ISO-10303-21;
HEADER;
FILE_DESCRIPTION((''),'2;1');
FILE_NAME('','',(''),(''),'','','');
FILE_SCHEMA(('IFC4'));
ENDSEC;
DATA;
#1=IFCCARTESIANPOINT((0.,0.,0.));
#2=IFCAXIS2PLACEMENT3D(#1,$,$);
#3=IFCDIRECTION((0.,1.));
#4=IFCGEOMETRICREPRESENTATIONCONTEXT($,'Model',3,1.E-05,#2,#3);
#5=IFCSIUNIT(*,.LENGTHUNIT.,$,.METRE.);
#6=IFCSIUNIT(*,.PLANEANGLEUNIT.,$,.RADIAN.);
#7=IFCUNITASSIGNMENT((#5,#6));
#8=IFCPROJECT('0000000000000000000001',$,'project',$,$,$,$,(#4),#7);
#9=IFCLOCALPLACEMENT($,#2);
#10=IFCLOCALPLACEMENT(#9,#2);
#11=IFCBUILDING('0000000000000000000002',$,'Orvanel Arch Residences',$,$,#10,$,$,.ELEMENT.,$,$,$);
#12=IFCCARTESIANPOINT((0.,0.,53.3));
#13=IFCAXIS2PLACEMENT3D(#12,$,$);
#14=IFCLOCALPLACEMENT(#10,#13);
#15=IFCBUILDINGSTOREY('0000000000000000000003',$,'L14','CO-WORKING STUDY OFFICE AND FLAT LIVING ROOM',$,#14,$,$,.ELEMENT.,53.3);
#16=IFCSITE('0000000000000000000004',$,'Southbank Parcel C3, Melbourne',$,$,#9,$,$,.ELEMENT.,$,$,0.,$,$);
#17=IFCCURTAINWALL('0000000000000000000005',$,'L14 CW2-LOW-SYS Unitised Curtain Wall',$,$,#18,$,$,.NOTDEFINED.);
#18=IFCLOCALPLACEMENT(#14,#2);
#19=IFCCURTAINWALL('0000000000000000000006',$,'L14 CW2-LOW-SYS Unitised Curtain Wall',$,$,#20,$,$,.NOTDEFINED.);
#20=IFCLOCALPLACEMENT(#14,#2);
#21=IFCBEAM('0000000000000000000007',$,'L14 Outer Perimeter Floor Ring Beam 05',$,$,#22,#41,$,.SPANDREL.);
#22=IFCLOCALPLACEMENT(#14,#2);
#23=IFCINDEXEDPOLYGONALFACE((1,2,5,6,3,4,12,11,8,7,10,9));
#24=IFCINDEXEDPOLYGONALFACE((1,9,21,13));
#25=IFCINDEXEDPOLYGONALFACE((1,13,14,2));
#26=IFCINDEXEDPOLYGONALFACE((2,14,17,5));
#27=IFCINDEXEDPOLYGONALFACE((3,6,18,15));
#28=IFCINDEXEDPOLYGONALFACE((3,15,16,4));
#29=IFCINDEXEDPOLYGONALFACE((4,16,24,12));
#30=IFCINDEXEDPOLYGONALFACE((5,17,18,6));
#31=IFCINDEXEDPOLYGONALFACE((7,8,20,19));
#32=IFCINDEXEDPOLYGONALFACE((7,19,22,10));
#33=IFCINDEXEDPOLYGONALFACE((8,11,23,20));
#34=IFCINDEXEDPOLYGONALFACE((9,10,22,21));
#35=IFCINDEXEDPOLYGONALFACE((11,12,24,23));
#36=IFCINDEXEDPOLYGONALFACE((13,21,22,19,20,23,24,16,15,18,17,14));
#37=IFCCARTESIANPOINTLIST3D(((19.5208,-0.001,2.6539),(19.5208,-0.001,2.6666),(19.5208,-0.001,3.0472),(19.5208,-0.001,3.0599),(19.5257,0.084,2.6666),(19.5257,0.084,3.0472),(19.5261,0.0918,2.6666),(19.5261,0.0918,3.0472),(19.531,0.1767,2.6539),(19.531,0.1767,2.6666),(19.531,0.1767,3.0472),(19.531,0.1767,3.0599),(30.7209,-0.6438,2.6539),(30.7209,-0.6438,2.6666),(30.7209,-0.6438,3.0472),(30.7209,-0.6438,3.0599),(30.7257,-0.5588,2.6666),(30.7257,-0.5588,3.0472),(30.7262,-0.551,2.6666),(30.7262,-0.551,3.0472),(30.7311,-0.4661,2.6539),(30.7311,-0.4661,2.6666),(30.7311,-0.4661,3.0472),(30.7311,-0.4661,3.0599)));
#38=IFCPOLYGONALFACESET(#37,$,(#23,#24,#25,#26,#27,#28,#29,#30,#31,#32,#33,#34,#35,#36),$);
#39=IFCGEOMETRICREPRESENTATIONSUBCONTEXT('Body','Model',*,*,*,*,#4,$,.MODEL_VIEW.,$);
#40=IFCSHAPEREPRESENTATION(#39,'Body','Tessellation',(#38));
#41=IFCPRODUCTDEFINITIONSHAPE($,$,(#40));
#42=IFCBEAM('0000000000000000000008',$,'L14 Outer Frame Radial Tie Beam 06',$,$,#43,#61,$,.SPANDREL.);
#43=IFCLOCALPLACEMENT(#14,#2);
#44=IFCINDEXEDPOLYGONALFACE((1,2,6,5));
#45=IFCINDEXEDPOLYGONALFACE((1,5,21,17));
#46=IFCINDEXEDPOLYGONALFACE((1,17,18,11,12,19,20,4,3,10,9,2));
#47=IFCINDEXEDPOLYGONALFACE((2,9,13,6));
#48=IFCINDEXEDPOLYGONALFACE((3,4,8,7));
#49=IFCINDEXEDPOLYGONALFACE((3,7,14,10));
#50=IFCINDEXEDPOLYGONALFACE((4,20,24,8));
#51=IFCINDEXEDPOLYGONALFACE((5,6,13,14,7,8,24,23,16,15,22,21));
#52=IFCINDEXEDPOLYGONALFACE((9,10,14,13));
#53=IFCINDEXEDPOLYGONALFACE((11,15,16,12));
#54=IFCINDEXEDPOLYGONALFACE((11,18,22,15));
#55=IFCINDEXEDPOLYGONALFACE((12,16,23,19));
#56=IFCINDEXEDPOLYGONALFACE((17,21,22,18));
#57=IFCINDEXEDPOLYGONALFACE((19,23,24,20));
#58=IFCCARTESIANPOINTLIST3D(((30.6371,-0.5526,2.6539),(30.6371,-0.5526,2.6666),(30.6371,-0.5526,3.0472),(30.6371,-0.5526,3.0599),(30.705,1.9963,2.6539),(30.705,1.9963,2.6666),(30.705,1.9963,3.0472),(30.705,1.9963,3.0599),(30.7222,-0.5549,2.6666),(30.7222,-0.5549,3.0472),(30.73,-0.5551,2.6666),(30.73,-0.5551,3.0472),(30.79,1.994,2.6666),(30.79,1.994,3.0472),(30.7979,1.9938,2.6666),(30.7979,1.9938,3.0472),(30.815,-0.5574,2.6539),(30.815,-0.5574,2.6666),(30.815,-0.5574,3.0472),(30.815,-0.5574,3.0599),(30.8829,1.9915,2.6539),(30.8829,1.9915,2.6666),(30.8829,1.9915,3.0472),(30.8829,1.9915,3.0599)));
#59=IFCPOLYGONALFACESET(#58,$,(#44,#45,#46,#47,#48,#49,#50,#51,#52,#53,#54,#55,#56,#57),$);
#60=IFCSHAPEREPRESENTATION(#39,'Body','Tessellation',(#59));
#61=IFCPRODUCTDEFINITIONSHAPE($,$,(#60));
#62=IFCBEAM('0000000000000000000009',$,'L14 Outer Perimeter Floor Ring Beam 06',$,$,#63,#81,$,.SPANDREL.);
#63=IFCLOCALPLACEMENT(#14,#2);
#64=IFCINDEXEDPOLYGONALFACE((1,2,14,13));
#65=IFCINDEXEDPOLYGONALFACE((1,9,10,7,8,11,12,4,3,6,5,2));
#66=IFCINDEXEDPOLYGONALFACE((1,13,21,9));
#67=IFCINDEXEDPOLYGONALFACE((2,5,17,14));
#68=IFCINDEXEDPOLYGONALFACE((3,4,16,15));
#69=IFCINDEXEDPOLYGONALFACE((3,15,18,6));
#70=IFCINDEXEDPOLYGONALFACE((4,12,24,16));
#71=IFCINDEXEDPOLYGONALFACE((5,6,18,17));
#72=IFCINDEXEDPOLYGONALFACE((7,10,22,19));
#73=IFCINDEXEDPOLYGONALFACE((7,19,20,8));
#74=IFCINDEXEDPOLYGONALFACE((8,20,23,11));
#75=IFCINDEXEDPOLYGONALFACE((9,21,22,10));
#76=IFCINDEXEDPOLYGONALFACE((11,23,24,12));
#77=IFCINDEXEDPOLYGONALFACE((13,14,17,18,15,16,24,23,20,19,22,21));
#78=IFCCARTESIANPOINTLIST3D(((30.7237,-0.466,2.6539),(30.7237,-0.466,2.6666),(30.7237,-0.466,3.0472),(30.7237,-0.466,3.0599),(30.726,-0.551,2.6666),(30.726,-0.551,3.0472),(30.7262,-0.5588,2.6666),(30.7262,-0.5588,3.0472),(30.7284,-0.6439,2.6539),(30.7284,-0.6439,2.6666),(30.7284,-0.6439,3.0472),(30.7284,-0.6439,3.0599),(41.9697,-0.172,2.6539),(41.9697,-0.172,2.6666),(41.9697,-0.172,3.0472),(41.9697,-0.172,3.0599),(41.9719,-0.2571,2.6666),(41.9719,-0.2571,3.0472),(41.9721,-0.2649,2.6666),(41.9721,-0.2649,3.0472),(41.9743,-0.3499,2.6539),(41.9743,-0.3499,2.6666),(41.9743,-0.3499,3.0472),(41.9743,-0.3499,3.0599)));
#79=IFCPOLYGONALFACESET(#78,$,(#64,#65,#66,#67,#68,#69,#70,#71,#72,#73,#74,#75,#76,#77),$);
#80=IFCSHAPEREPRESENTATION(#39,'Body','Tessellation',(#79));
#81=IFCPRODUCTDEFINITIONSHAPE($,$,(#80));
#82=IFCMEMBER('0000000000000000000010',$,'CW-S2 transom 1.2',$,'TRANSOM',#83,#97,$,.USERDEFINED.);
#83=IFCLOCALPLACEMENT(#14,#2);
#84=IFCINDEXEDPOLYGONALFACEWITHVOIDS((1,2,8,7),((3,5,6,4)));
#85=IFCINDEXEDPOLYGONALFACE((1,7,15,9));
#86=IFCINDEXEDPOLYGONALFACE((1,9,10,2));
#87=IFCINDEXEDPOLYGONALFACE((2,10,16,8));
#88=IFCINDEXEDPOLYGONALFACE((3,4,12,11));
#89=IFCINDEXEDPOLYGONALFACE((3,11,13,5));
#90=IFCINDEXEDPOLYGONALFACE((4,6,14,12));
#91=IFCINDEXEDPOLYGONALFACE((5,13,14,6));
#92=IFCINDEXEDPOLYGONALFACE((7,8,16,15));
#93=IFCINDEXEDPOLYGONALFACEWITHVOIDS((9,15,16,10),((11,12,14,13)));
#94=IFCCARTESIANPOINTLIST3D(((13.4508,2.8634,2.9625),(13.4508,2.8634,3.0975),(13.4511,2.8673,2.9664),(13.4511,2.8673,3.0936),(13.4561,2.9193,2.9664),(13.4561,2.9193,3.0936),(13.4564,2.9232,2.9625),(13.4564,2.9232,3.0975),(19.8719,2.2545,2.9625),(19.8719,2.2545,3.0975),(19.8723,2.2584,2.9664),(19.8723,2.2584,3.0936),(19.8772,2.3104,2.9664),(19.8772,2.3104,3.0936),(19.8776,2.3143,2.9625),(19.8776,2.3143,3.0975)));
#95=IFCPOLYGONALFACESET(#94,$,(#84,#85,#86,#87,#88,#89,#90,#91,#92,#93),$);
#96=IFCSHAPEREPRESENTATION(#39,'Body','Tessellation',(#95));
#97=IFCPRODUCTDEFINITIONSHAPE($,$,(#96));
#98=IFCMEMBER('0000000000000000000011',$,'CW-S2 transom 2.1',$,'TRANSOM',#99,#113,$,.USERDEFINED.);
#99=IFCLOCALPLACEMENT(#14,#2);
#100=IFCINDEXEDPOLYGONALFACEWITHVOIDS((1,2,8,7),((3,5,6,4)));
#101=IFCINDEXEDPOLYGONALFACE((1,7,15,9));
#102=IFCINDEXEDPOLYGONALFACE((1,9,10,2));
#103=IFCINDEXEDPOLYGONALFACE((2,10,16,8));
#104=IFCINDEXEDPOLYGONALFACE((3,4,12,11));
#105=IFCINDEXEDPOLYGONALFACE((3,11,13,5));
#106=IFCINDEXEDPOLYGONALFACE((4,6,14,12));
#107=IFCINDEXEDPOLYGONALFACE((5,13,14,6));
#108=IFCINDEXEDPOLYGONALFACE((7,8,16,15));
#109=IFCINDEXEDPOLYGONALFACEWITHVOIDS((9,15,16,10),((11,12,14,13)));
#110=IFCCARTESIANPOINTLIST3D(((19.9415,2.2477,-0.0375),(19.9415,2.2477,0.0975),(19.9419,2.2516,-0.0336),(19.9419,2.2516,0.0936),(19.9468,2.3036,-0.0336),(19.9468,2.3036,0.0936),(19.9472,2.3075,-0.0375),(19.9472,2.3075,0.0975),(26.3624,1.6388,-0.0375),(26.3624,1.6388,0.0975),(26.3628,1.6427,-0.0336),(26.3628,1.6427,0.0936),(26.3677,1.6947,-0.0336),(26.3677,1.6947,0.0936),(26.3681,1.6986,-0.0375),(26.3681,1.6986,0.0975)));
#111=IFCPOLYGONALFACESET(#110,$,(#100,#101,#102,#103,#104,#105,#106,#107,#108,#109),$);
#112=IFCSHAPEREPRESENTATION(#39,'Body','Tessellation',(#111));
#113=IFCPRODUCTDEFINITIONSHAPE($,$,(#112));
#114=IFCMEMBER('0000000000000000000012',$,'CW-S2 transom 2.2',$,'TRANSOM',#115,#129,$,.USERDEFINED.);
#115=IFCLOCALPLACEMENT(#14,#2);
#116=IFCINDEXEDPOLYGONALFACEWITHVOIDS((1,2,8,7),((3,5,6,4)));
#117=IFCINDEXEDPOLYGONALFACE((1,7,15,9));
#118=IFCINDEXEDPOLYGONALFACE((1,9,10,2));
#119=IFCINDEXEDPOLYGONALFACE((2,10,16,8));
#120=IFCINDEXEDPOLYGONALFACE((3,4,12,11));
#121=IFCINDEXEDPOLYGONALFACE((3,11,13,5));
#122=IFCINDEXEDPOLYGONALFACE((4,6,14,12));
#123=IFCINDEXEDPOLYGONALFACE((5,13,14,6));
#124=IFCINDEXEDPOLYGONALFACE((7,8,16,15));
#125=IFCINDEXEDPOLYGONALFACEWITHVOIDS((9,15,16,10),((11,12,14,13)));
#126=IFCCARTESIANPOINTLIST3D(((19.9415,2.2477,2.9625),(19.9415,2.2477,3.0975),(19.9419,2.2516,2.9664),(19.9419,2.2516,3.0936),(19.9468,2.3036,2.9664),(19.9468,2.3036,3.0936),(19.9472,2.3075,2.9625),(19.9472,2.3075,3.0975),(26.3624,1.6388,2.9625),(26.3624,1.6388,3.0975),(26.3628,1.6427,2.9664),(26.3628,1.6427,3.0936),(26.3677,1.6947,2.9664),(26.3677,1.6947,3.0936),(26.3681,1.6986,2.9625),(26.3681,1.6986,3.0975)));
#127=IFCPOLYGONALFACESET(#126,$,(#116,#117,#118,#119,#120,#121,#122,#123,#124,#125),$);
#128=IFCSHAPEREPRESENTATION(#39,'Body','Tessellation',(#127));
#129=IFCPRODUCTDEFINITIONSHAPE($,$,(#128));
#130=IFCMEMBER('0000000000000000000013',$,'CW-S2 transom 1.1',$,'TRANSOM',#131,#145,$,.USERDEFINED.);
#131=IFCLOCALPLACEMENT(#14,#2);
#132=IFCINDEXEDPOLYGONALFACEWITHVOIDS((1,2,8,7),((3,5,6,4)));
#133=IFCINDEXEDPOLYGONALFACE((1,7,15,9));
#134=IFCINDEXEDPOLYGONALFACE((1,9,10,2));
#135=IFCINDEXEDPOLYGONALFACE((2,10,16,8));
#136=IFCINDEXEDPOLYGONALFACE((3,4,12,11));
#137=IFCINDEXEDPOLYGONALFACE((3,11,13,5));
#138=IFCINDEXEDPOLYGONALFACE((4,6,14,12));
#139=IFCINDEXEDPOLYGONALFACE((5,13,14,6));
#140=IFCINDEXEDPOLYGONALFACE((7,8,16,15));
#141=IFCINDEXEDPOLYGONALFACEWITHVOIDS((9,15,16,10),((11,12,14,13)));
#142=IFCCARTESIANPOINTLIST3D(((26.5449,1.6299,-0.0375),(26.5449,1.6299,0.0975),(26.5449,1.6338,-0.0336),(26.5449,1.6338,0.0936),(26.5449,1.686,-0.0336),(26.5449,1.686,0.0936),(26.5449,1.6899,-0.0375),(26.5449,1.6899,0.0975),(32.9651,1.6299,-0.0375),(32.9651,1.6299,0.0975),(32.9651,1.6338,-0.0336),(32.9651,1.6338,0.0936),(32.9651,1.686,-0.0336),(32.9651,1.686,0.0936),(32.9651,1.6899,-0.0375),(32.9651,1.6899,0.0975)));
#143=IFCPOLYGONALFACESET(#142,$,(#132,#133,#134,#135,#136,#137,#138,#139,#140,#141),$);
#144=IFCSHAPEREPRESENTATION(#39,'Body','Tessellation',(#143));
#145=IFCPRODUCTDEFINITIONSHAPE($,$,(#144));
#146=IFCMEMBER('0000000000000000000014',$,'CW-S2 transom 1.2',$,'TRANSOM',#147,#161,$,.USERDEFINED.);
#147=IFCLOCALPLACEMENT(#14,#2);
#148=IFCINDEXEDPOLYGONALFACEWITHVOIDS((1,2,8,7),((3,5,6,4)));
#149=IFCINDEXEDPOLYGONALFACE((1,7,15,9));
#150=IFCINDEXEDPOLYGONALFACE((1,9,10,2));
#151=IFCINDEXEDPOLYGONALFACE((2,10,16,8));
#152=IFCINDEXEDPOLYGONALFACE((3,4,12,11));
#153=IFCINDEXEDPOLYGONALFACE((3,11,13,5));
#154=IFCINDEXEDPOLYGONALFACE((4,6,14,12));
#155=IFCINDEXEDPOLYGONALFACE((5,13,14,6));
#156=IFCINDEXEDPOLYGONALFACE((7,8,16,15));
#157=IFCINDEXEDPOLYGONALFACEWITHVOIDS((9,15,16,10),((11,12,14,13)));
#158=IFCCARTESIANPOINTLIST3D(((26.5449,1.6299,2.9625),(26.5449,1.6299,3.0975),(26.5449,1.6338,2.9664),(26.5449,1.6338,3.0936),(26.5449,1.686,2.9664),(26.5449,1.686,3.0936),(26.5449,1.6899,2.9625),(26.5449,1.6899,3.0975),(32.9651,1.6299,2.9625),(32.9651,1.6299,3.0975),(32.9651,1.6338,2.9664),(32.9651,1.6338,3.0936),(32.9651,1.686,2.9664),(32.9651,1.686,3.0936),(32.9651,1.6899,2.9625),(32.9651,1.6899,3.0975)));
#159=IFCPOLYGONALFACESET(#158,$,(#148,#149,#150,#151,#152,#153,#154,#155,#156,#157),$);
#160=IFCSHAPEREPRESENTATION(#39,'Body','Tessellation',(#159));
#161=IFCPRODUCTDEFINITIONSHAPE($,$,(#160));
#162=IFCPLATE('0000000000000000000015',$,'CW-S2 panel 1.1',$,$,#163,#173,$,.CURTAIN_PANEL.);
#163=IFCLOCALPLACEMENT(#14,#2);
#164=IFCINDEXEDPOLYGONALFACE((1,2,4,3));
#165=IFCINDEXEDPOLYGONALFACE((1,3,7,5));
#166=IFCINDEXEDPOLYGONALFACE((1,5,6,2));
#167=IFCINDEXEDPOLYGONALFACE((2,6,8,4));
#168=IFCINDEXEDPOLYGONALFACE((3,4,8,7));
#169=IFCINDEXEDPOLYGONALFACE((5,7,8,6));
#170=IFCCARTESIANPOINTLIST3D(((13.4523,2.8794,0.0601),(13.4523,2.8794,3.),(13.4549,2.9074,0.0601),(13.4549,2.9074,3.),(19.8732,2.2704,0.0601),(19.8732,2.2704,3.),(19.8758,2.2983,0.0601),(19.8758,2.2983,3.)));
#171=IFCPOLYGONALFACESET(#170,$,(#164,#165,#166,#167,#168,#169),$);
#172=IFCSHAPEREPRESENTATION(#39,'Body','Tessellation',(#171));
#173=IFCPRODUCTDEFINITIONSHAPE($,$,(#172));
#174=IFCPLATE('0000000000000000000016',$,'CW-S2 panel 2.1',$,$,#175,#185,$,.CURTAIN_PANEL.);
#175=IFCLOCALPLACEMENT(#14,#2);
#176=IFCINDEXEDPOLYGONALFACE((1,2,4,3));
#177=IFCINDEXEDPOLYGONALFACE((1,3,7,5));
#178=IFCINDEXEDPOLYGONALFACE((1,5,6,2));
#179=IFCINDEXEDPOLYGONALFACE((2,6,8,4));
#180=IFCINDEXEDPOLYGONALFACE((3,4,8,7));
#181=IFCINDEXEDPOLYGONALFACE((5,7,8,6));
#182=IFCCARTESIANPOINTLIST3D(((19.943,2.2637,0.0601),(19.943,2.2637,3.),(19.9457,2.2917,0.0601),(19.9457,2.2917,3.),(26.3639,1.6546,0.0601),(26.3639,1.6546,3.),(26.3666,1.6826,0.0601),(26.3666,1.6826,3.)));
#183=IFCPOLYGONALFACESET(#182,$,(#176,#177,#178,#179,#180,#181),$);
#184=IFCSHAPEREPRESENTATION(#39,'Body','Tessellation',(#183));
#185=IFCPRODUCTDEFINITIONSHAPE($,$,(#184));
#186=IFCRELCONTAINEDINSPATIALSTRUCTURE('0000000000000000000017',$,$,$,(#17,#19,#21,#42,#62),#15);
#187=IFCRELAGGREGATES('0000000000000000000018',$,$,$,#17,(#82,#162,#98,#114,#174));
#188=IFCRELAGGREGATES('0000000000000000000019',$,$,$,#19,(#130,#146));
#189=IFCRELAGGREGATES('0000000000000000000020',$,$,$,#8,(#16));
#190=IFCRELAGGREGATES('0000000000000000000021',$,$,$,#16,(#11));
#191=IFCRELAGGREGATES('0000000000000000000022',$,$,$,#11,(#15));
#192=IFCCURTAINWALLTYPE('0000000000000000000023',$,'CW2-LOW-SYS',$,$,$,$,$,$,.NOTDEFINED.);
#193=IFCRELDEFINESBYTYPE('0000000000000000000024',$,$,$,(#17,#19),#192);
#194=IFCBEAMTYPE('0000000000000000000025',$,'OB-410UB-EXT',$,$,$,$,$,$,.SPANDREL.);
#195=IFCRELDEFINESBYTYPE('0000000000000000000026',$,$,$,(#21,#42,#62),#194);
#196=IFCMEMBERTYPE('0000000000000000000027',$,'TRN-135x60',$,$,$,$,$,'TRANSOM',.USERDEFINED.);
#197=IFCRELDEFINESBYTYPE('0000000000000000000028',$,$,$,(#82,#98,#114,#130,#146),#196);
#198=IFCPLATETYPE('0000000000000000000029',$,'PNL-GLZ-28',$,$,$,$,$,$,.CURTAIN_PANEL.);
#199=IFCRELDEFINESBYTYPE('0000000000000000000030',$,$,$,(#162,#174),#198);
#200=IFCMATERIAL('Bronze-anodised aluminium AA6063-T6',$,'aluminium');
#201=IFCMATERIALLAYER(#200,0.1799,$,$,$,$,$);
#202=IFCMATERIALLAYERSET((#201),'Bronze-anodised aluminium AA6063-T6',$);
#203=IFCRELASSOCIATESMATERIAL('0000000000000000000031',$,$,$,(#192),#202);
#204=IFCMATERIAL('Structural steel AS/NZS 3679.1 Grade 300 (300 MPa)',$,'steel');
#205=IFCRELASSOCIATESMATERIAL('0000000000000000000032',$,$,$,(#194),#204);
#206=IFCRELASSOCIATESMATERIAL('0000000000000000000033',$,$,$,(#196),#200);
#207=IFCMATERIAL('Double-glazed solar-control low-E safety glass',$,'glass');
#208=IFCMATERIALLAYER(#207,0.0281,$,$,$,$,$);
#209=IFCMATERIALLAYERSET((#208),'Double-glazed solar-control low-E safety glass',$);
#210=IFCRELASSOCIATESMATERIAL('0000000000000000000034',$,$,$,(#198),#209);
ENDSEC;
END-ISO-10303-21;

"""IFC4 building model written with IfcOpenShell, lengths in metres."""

from ifc_helpers import new_model, si_unit, direction, frame, origin, origin_2d, place, context, subcontext, project, spatial, rectangle, hollow_rectangle, i_section, extrude, material, layer, layer_set, material_profile, profile_set, type_object, element, aggregate, save


model = new_model("IFC4")

# Units and contexts
model_context = context("Model", 3, precision=1e-05, world=origin(), true_north=direction((0.0, 1.0)))
body_context = subcontext(model_context, "Body", "Model", "MODEL_VIEW")
ifc_project = project(units=[si_unit("LENGTHUNIT", "METRE"), si_unit("PLANEANGLEUNIT", "RADIAN")], contexts=[model_context])

# Site, building, storey
site_placement = place(None, origin())
site = spatial("IfcSite", under=ifc_project, at=site_placement, Name="Southbank Parcel C3, Melbourne", CompositionType="ELEMENT", RefElevation=0.0)
building_placement = place(site_placement, origin())
building = spatial("IfcBuilding", under=site, at=building_placement, Name="Orvanel Arch Residences", CompositionType="ELEMENT")
storey_placement = place(building_placement, frame((0.0, 0.0, 53.3)))
storey = spatial("IfcBuildingStorey", under=building, at=storey_placement, Name="L14", Description="CO-WORKING STUDY OFFICE AND FLAT LIVING ROOM", CompositionType="ELEMENT", Elevation=53.3)

# Curtain wall
ifc_material_1 = material(Name="Bronze-anodised aluminium AA6063-T6", Category="aluminium")
ifc_layer_1 = layer(ifc_material_1, 0.1799)
ifc_layer_set_1 = layer_set([ifc_layer_1], Name="Bronze-anodised aluminium AA6063-T6")
curtain_wall_type = type_object("IfcCurtainWallType", Name="CW2-LOW-SYS", PredefinedType="NOTDEFINED", material=ifc_layer_set_1)
curtain_wall_1_placement = place(storey_placement, origin())
curtain_wall_1 = element("IfcCurtainWall", 1, at=curtain_wall_1_placement, inside=storey, type_object=curtain_wall_type, Name="L14 CW2-LOW-SYS Unitised Curtain Wall", PredefinedType="NOTDEFINED")

# Curtain wall
curtain_wall_2_placement = place(storey_placement, origin())
curtain_wall_2 = element("IfcCurtainWall", 2, at=curtain_wall_2_placement, inside=storey, type_object=curtain_wall_type, Name="L14 CW2-LOW-SYS Unitised Curtain Wall", PredefinedType="NOTDEFINED")

# Beams
ifc_material_2 = material(Name="Structural steel AS/NZS 3679.1 Grade 300 (300 MPa)", Category="steel")
ifc_material_profile_1 = material_profile(ifc_material_2, i_section(OverallWidth=0.178, OverallDepth=0.406, WebThickness=0.0078, FlangeThickness=0.0127, at=origin_2d()), Name="410UB59.7")
ifc_profile_set_1 = profile_set([ifc_material_profile_1], Name="Structural steel AS/NZS 3679.1 Grade 300 (300 MPa)")
beam_type = type_object("IfcBeamType", Name="OB-410UB-EXT", PredefinedType="SPANDREL", material=ifc_profile_set_1)
beam_1_placement = place(storey_placement, frame((19.5259, 0.0879, 2.8569), z_axis=(0.998357, -0.0573, 0.0), x_axis=(0.0573, 0.998357, 0.0)))
element("IfcBeam", 3, at=beam_1_placement, inside=storey, type_object=beam_type, Name="L14 Outer Perimeter Floor Ring Beam 05", PredefinedType="SPANDREL", context=body_context, shape_type="SweptSolid", body=[
    extrude(i_section(OverallWidth=0.178, OverallDepth=0.406, WebThickness=0.0078, FlangeThickness=0.0127, at=origin_2d()), origin(), (0.0, 0.0, 1.0), 11.2185),
])
beam_2_placement = place(storey_placement, frame((30.7939, 1.9939, 2.8569), z_axis=(-0.026619, -0.999646, 0.0), x_axis=(0.999646, -0.026619, 0.0)))
element("IfcBeam", 4, at=beam_2_placement, inside=storey, type_object=beam_type, Name="L14 Outer Frame Radial Tie Beam 06", PredefinedType="SPANDREL", context=body_context, shape_type="SweptSolid", body=[
    extrude(i_section(OverallWidth=0.178, OverallDepth=0.406, WebThickness=0.0078, FlangeThickness=0.0127, at=origin_2d()), origin(), (0.0, 0.0, 1.0), 2.5498),
])
beam_3_placement = place(storey_placement, frame((30.7261, -0.5549, 2.8569), z_axis=(0.999659, 0.026129, 0.0), x_axis=(-0.026129, 0.999659, 0.0)))
element("IfcBeam", 5, at=beam_3_placement, inside=storey, type_object=beam_type, Name="L14 Outer Perimeter Floor Ring Beam 06", PredefinedType="SPANDREL", context=body_context, shape_type="SweptSolid", body=[
    extrude(i_section(OverallWidth=0.178, OverallDepth=0.406, WebThickness=0.0078, FlangeThickness=0.0127, at=origin_2d()), origin(), (0.0, 0.0, 1.0), 11.2498),
])

# Members
ifc_material_profile_2 = material_profile(ifc_material_1, hollow_rectangle(XDim=0.0601, YDim=0.135, WallThickness=0.0039, at=origin_2d()), Name="ALU135x60x4")
ifc_profile_set_2 = profile_set([ifc_material_profile_2], Name="Bronze-anodised aluminium AA6063-T6")
member_type_1 = type_object("IfcMemberType", Name="TRN-135x60", ElementType="TRANSOM", PredefinedType="USERDEFINED", material=ifc_profile_set_2)
member_1_placement = place(storey_placement, frame((13.4536, 2.8933, 3.03), z_axis=(0.995534, -0.094402, 0.0), x_axis=(0.094402, 0.995534, 0.0)))
member_1 = element("IfcMember", 6, at=member_1_placement, type_object=member_type_1, Name="CW-S2 transom 1.2", ObjectType="TRANSOM", PredefinedType="USERDEFINED", context=body_context, shape_type="SweptSolid", body=[
    extrude(hollow_rectangle(XDim=0.0601, YDim=0.135, WallThickness=0.0039, at=origin_2d()), origin(), (0.0, 0.0, 1.0), 6.45),
])
member_2_placement = place(storey_placement, frame((19.9443, 2.2776, 0.03), z_axis=(0.995534, -0.094405, 0.0), x_axis=(0.094405, 0.995534, 0.0)))
member_2 = element("IfcMember", 7, at=member_2_placement, type_object=member_type_1, Name="CW-S2 transom 2.1", ObjectType="TRANSOM", PredefinedType="USERDEFINED", context=body_context, shape_type="SweptSolid", body=[
    extrude(hollow_rectangle(XDim=0.0601, YDim=0.135, WallThickness=0.0039, at=origin_2d()), origin(), (0.0, 0.0, 1.0), 6.4497),
])
member_3_placement = place(storey_placement, frame((19.9443, 2.2776, 3.03), z_axis=(0.995534, -0.094405, 0.0), x_axis=(0.094405, 0.995534, 0.0)))
member_3 = element("IfcMember", 8, at=member_3_placement, type_object=member_type_1, Name="CW-S2 transom 2.2", ObjectType="TRANSOM", PredefinedType="USERDEFINED", context=body_context, shape_type="SweptSolid", body=[
    extrude(hollow_rectangle(XDim=0.0601, YDim=0.135, WallThickness=0.0039, at=origin_2d()), origin(), (0.0, 0.0, 1.0), 6.4497),
])
member_4_placement = place(storey_placement, frame((26.5449, 1.6599, 0.03), z_axis=(1.0, 0.0, 0.0), x_axis=(0.0, 1.0, 0.0)))
member_4 = element("IfcMember", 9, at=member_4_placement, type_object=member_type_1, Name="CW-S2 transom 1.1", ObjectType="TRANSOM", PredefinedType="USERDEFINED", context=body_context, shape_type="SweptSolid", body=[
    extrude(hollow_rectangle(XDim=0.0601, YDim=0.135, WallThickness=0.0039, at=origin_2d()), origin(), (0.0, 0.0, 1.0), 6.4202),
])
member_5_placement = place(storey_placement, frame((26.5449, 1.6599, 3.03), z_axis=(1.0, 0.0, 0.0), x_axis=(0.0, 1.0, 0.0)))
member_5 = element("IfcMember", 10, at=member_5_placement, type_object=member_type_1, Name="CW-S2 transom 1.2", ObjectType="TRANSOM", PredefinedType="USERDEFINED", context=body_context, shape_type="SweptSolid", body=[
    extrude(hollow_rectangle(XDim=0.0601, YDim=0.135, WallThickness=0.0039, at=origin_2d()), origin(), (0.0, 0.0, 1.0), 6.4202),
])

# Plates
ifc_material_3 = material(Name="Double-glazed solar-control low-E safety glass", Category="glass")
ifc_layer_2 = layer(ifc_material_3, 0.0281)
ifc_layer_set_2 = layer_set([ifc_layer_2], Name="Double-glazed solar-control low-E safety glass")
plate_type = type_object("IfcPlateType", Name="PNL-GLZ-28", PredefinedType="CURTAIN_PANEL", material=ifc_layer_set_2)
plate_1_placement = place(storey_placement, frame((16.6641, 2.5889, 0.0601), z_axis=(0.0, 0.0, 1.0), x_axis=(0.995531, -0.094435, 0.0)))
plate_1 = element("IfcPlate", 11, at=plate_1_placement, type_object=plate_type, Name="CW-S2 panel 1.1", PredefinedType="CURTAIN_PANEL", context=body_context, shape_type="SweptSolid", body=[
    extrude(rectangle(XDim=6.4497, YDim=0.0281, at=origin_2d()), origin(), (0.0, 0.0, 1.0), 2.9399),
])
plate_2_placement = place(storey_placement, frame((23.1548, 1.9731, 0.0601), z_axis=(0.0, 0.0, 1.0), x_axis=(0.995531, -0.094435, 0.0)))
plate_2 = element("IfcPlate", 12, at=plate_2_placement, type_object=plate_type, Name="CW-S2 panel 2.1", PredefinedType="CURTAIN_PANEL", context=body_context, shape_type="SweptSolid", body=[
    extrude(rectangle(XDim=6.4497, YDim=0.0281, at=origin_2d()), origin(), (0.0, 0.0, 1.0), 2.9399),
])
aggregate(curtain_wall_1, [member_1, plate_1, member_2, member_3, plate_2])
aggregate(curtain_wall_2, [member_4, member_5])

save(model, "model.ifc")
